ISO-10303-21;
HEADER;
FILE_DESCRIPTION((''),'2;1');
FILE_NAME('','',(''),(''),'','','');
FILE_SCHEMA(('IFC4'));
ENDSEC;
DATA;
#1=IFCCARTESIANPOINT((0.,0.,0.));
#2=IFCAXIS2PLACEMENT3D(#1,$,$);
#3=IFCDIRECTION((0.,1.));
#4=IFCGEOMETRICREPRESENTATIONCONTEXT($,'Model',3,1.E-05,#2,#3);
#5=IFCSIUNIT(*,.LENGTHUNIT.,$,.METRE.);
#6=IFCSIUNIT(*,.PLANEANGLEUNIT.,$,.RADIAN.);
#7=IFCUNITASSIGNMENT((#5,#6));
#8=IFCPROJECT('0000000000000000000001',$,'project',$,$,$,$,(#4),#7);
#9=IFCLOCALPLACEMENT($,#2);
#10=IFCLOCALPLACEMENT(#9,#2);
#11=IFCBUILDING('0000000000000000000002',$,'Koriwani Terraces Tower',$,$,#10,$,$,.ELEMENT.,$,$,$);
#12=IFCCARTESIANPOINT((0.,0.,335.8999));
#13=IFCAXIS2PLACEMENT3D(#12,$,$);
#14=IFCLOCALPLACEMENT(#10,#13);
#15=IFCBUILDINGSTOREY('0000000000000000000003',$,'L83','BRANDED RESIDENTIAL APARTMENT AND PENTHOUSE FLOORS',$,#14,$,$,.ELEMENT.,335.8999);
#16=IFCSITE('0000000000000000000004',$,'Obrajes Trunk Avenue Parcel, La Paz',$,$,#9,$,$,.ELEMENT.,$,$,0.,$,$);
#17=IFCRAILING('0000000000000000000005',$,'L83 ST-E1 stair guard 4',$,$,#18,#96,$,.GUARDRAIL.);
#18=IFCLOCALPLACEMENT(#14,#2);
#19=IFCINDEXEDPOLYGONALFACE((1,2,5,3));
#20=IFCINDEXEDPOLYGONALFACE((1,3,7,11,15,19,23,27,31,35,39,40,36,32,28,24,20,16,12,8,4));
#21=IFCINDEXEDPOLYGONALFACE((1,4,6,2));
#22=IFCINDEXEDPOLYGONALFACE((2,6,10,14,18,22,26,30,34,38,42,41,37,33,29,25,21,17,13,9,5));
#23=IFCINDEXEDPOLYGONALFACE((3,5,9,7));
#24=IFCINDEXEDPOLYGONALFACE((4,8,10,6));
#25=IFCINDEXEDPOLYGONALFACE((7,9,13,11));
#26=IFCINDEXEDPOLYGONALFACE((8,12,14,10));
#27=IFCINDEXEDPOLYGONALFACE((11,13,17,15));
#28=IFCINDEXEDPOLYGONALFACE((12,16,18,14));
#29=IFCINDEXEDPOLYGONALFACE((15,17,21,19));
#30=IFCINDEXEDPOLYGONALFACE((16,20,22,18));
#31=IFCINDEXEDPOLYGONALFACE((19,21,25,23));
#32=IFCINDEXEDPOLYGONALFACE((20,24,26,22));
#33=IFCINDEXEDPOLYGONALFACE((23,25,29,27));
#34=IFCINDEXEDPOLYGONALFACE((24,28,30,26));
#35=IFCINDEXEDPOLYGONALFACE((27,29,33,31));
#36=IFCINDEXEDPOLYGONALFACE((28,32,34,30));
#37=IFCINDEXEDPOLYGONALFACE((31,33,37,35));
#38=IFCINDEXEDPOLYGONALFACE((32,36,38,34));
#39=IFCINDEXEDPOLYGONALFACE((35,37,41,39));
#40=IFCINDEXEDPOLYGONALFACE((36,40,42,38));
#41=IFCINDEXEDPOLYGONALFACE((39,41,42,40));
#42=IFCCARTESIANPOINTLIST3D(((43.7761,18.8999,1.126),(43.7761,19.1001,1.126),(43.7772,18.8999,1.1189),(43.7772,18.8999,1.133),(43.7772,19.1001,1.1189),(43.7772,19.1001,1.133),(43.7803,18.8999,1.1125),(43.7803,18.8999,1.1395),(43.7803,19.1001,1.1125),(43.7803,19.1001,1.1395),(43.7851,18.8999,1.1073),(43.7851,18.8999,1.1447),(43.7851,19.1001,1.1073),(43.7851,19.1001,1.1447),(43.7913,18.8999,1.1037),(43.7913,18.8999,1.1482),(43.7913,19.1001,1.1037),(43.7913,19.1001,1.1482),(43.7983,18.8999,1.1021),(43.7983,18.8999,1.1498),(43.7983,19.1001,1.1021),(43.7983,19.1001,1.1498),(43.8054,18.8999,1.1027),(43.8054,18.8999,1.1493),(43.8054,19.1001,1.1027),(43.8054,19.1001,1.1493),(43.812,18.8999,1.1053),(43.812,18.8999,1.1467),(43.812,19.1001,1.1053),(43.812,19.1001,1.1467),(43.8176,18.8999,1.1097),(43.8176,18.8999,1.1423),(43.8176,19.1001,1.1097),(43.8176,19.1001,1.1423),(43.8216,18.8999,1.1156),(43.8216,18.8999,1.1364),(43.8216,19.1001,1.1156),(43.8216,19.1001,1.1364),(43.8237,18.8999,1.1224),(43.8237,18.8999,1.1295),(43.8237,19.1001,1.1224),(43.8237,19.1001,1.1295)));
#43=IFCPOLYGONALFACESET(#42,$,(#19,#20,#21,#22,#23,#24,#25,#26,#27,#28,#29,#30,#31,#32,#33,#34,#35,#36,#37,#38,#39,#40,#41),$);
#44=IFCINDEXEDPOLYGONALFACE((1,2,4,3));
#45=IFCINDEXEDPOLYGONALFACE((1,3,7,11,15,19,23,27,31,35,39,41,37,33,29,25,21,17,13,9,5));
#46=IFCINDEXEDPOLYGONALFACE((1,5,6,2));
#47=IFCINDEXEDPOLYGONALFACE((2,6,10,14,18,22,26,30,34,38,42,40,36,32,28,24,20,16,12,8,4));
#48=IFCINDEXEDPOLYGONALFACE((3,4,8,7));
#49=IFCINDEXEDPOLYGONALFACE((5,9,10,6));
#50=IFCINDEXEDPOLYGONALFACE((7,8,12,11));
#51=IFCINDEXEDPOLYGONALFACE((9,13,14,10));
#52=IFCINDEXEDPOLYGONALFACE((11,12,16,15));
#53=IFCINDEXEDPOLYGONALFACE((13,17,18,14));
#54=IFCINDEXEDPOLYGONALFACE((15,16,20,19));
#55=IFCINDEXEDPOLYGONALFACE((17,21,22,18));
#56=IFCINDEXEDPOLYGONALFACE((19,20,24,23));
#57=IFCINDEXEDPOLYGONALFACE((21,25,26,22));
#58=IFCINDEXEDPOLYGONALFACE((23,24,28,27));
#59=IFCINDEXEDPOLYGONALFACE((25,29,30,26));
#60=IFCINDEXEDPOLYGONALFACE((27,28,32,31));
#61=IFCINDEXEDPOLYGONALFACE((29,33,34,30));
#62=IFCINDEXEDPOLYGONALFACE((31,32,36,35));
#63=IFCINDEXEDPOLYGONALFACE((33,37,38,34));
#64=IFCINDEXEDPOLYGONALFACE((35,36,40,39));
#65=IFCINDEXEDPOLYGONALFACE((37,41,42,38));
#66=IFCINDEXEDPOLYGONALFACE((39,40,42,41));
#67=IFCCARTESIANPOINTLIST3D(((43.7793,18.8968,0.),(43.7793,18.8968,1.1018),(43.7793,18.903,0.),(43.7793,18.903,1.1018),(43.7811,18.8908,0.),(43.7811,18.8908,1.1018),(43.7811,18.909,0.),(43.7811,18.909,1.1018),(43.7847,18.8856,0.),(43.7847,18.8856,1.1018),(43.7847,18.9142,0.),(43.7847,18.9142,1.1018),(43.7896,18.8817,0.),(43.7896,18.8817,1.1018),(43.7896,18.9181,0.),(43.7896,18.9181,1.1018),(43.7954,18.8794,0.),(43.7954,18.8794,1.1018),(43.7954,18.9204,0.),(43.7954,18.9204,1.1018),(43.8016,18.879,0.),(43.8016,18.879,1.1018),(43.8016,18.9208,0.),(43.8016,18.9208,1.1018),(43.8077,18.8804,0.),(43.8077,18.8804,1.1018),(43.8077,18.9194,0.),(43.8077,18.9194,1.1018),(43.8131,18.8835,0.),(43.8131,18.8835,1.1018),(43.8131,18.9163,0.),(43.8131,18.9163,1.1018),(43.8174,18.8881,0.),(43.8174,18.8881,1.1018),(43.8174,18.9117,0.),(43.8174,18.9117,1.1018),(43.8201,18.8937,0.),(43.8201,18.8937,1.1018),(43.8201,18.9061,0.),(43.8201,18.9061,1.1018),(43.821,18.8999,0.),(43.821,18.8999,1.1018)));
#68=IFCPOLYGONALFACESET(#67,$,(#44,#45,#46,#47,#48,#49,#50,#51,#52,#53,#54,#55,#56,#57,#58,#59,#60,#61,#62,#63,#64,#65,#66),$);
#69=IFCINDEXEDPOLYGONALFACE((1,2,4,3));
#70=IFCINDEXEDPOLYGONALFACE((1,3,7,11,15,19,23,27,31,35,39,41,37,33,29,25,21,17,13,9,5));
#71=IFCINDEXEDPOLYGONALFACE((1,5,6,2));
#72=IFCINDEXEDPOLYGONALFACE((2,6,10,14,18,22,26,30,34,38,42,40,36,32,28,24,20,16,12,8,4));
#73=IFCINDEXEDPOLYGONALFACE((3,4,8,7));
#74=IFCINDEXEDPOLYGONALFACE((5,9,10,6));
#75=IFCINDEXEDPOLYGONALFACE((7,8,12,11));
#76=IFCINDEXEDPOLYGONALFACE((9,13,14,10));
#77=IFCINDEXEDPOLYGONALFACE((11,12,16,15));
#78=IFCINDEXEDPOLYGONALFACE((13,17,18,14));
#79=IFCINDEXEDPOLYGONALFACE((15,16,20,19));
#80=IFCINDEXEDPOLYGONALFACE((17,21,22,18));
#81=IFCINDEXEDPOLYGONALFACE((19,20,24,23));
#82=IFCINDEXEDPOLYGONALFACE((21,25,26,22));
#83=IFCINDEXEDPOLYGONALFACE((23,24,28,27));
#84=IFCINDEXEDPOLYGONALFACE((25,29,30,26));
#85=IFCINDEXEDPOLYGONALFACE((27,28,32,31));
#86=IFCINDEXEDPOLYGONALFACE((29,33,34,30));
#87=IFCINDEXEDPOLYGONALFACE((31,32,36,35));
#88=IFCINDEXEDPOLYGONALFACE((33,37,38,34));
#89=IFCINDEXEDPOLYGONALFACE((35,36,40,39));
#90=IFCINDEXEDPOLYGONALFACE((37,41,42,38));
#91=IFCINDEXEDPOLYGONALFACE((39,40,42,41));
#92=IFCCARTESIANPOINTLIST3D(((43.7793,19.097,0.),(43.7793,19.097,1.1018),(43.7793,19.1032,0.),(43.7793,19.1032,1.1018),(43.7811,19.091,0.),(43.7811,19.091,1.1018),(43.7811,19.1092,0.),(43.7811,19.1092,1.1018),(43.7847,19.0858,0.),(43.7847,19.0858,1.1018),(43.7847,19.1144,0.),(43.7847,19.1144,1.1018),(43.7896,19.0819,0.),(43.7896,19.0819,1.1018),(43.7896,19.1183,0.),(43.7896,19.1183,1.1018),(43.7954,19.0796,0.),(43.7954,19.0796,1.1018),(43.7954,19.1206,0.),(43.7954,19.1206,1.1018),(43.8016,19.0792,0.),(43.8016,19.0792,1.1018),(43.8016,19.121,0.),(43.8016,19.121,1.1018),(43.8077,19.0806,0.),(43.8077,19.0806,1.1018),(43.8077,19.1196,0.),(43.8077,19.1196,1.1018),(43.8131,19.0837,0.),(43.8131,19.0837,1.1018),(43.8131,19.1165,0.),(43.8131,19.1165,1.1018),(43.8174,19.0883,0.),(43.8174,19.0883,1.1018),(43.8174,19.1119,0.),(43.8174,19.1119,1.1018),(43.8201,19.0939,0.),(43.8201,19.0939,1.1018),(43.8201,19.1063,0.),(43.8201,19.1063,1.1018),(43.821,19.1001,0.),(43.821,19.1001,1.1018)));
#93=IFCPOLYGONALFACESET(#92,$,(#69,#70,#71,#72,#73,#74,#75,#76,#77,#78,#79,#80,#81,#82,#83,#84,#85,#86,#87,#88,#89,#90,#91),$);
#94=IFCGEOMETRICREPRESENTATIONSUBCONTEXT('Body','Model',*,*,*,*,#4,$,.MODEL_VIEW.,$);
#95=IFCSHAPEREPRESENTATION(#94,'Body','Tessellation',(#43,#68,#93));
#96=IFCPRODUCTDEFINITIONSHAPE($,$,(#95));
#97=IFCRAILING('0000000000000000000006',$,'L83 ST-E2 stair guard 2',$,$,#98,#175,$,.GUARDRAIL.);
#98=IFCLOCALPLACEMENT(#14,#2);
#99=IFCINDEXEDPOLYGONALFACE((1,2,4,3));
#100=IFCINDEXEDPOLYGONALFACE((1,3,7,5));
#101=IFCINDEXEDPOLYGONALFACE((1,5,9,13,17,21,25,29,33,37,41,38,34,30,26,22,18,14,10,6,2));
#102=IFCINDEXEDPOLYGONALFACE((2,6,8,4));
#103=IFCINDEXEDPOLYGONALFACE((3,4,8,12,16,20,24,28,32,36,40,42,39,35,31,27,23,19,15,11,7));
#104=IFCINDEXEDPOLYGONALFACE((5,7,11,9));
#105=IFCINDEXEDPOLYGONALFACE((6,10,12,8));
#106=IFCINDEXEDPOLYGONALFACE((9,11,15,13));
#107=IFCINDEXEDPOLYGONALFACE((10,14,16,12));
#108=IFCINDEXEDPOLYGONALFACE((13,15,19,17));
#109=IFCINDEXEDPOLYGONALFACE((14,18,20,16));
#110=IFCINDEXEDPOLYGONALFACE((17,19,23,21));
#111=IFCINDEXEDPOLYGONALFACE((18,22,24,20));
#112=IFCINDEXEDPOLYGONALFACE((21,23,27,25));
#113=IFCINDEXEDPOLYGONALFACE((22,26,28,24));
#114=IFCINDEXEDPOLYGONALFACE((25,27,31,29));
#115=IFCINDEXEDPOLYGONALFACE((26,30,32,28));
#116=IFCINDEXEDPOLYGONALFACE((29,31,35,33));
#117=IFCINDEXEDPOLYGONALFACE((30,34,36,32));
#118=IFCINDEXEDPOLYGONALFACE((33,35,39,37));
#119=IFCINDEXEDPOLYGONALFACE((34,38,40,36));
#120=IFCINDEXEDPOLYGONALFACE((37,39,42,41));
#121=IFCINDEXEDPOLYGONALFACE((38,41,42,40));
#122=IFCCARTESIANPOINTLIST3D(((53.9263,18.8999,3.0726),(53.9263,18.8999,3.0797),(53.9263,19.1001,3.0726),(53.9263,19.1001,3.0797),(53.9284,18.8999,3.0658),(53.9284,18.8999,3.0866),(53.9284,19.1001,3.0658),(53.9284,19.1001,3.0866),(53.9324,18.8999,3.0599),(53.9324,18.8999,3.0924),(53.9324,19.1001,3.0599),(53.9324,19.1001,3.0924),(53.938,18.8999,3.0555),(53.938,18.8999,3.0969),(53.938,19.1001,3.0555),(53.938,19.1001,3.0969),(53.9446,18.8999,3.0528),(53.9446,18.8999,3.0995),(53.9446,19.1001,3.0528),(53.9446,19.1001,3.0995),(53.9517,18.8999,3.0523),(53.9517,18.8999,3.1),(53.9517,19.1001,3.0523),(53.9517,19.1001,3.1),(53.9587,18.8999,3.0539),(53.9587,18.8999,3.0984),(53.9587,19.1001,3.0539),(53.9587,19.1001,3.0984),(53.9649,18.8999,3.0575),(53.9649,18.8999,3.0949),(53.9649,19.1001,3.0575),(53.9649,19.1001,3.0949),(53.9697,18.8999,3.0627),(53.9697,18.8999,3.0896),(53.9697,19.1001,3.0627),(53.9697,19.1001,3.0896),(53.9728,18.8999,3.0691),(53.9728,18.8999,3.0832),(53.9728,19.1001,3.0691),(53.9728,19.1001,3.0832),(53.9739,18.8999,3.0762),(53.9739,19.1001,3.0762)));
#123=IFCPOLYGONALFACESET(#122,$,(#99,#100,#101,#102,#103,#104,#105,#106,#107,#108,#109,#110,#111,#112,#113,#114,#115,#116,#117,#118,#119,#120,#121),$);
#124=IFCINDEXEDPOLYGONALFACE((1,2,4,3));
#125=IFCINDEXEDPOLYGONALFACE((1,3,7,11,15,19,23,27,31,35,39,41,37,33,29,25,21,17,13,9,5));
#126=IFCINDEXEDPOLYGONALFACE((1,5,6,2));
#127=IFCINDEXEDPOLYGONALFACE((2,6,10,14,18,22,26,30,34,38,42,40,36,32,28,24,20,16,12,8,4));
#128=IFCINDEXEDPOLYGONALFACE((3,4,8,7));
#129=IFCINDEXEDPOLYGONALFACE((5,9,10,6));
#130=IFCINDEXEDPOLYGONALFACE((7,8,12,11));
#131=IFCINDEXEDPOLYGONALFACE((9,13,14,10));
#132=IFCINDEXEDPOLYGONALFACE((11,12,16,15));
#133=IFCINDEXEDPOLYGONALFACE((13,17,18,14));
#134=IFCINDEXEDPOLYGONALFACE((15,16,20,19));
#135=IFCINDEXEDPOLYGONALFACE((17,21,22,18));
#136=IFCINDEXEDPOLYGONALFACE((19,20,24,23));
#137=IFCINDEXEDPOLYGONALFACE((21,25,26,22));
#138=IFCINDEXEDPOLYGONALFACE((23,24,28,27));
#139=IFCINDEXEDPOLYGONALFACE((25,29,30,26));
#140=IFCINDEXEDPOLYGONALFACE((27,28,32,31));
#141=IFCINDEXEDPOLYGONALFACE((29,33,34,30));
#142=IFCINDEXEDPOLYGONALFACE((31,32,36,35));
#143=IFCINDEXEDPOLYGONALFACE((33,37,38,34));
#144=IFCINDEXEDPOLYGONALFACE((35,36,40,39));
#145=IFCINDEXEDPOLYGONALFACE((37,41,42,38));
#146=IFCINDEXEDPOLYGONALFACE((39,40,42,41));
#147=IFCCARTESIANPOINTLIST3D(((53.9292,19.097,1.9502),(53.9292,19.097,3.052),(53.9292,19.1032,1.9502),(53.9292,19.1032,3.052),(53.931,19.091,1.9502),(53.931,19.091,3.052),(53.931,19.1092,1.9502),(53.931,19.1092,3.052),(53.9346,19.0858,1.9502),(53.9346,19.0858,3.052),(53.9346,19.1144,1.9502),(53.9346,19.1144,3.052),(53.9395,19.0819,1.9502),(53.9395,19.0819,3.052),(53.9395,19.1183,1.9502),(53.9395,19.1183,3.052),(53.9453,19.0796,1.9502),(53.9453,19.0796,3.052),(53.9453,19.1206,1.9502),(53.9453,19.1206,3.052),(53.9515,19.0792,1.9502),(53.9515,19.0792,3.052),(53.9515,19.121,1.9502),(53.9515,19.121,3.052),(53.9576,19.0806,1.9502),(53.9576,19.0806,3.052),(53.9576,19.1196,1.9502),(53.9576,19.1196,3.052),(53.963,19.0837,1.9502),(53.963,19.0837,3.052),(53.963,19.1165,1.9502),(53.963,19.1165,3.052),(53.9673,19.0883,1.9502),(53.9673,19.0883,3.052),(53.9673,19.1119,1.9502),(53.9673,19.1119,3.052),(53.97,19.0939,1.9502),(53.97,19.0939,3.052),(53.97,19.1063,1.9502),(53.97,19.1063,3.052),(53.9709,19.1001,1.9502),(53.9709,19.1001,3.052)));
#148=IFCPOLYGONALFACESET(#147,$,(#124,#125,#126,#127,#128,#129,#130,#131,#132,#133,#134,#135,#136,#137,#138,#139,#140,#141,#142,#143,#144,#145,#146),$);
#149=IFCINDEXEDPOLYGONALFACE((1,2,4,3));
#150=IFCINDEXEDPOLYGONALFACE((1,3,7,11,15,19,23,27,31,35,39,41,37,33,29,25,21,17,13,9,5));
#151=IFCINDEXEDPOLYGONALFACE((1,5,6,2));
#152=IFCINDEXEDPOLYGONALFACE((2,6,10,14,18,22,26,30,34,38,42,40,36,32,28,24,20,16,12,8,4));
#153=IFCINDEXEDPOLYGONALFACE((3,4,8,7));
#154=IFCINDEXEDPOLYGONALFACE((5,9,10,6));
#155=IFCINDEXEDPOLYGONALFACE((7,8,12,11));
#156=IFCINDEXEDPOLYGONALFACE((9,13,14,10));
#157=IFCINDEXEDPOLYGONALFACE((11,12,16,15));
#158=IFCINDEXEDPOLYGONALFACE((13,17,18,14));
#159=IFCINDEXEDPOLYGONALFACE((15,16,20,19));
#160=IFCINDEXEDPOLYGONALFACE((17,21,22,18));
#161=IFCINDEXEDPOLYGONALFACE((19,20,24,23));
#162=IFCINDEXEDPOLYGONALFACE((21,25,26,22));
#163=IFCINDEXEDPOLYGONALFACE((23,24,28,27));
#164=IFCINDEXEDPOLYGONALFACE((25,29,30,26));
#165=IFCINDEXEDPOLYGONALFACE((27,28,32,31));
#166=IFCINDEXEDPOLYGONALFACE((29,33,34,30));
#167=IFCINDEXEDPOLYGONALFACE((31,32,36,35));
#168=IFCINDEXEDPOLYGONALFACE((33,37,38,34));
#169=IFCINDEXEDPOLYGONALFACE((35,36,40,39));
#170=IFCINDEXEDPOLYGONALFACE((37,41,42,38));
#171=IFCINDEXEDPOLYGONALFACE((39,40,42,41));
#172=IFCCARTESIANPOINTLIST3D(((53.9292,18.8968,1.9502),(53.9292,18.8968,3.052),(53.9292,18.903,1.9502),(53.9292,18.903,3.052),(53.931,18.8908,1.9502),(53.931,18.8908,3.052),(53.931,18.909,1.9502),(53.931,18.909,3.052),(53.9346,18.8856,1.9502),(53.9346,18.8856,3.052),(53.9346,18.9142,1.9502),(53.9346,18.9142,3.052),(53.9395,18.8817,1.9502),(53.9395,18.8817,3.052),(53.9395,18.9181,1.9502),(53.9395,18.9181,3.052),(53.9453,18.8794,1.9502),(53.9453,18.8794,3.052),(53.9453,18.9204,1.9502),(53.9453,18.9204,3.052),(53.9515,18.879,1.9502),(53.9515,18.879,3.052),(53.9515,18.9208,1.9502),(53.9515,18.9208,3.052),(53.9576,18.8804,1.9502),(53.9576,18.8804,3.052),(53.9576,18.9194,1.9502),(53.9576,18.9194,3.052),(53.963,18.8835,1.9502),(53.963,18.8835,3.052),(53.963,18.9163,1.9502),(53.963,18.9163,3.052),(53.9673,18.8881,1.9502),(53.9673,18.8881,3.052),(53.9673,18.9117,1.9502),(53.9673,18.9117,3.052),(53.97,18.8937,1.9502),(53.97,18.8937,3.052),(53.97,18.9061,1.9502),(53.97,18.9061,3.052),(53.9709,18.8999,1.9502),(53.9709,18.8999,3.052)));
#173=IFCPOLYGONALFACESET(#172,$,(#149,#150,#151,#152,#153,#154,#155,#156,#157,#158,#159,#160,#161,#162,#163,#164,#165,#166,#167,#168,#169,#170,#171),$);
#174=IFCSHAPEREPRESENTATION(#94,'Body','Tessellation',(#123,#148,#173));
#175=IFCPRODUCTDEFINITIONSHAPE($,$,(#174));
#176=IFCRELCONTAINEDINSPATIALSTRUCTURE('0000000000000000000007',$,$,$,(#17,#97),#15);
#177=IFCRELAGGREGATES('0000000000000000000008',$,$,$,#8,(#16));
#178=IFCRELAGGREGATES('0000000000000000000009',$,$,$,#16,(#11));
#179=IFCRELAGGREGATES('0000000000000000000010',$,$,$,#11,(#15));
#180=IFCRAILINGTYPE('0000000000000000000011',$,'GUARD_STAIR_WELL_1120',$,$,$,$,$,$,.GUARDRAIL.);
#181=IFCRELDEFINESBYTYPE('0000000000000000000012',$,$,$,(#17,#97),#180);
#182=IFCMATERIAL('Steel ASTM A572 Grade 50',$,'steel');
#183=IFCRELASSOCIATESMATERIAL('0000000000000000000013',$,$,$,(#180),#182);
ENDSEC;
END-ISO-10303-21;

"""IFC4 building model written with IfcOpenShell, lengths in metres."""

from ifc_helpers import new_model, si_unit, direction, frame, origin, origin_2d, place, context, subcontext, project, spatial, circle, extrude, material, type_object, element, save


model = new_model("IFC4")

# Units and contexts
model_context = context("Model", 3, precision=1e-05, world=origin(), true_north=direction((0.0, 1.0)))
body_context = subcontext(model_context, "Body", "Model", "MODEL_VIEW")
ifc_project = project(units=[si_unit("LENGTHUNIT", "METRE"), si_unit("PLANEANGLEUNIT", "RADIAN")], contexts=[model_context])

# Site, building, storey
site_placement = place(None, origin())
site = spatial("IfcSite", under=ifc_project, at=site_placement, Name="Obrajes Trunk Avenue Parcel, La Paz", CompositionType="ELEMENT", RefElevation=0.0)
building_placement = place(site_placement, origin())
building = spatial("IfcBuilding", under=site, at=building_placement, Name="Koriwani Terraces Tower", CompositionType="ELEMENT")
storey_placement = place(building_placement, frame((0.0, 0.0, 335.8999)))
storey = spatial("IfcBuildingStorey", under=building, at=storey_placement, Name="L83", Description="BRANDED RESIDENTIAL APARTMENT AND PENTHOUSE FLOORS", CompositionType="ELEMENT", Elevation=335.8999)

# Railings
ifc_material_1 = material(Name="Steel ASTM A572 Grade 50", Category="steel")
railing_type_1 = type_object("IfcRailingType", Name="GUARD_STAIR_WELL_1120", PredefinedType="GUARDRAIL", material=ifc_material_1)
railing_1_placement = place(storey_placement, frame((43.8, 18.8999, 0.0)))
element("IfcRailing", 1, at=railing_1_placement, inside=storey, type_object=railing_type_1, Name="L83 ST-E1 stair guard 4", PredefinedType="GUARDRAIL", context=body_context, shape_type="SweptSolid", body=[
    extrude(circle(Radius=0.0239, at=origin_2d()), frame((0.0, 0.0, 1.126), z_axis=(0.0, 1.0, 0.0), x_axis=(-1.0, 0.0, 0.0)), (0.0, 0.0, 1.0), 0.2002),
    extrude(circle(Radius=0.021, at=origin_2d()), origin(), (0.0, 0.0, 1.0), 1.1018),
    extrude(circle(Radius=0.021, at=origin_2d()), frame((0.0, 0.2002, 0.0)), (0.0, 0.0, 1.0), 1.1018),
])
railing_2_placement = place(storey_placement, frame((53.95, 19.1001, 1.9502)))
element("IfcRailing", 2, at=railing_2_placement, inside=storey, type_object=railing_type_1, Name="L83 ST-E2 stair guard 2", PredefinedType="GUARDRAIL", context=body_context, shape_type="SweptSolid", body=[
    extrude(circle(Radius=0.0239, at=origin_2d()), frame((0.0, 0.0, 1.126), z_axis=(0.0, -1.0, 0.0), x_axis=(1.0, 0.0, 0.0)), (0.0, 0.0, 1.0), 0.2002),
    extrude(circle(Radius=0.021, at=origin_2d()), origin(), (0.0, 0.0, 1.0), 1.1018),
    extrude(circle(Radius=0.021, at=origin_2d()), frame((0.0, -0.2002, 0.0)), (0.0, 0.0, 1.0), 1.1018),
])

save(model, "model.ifc")
